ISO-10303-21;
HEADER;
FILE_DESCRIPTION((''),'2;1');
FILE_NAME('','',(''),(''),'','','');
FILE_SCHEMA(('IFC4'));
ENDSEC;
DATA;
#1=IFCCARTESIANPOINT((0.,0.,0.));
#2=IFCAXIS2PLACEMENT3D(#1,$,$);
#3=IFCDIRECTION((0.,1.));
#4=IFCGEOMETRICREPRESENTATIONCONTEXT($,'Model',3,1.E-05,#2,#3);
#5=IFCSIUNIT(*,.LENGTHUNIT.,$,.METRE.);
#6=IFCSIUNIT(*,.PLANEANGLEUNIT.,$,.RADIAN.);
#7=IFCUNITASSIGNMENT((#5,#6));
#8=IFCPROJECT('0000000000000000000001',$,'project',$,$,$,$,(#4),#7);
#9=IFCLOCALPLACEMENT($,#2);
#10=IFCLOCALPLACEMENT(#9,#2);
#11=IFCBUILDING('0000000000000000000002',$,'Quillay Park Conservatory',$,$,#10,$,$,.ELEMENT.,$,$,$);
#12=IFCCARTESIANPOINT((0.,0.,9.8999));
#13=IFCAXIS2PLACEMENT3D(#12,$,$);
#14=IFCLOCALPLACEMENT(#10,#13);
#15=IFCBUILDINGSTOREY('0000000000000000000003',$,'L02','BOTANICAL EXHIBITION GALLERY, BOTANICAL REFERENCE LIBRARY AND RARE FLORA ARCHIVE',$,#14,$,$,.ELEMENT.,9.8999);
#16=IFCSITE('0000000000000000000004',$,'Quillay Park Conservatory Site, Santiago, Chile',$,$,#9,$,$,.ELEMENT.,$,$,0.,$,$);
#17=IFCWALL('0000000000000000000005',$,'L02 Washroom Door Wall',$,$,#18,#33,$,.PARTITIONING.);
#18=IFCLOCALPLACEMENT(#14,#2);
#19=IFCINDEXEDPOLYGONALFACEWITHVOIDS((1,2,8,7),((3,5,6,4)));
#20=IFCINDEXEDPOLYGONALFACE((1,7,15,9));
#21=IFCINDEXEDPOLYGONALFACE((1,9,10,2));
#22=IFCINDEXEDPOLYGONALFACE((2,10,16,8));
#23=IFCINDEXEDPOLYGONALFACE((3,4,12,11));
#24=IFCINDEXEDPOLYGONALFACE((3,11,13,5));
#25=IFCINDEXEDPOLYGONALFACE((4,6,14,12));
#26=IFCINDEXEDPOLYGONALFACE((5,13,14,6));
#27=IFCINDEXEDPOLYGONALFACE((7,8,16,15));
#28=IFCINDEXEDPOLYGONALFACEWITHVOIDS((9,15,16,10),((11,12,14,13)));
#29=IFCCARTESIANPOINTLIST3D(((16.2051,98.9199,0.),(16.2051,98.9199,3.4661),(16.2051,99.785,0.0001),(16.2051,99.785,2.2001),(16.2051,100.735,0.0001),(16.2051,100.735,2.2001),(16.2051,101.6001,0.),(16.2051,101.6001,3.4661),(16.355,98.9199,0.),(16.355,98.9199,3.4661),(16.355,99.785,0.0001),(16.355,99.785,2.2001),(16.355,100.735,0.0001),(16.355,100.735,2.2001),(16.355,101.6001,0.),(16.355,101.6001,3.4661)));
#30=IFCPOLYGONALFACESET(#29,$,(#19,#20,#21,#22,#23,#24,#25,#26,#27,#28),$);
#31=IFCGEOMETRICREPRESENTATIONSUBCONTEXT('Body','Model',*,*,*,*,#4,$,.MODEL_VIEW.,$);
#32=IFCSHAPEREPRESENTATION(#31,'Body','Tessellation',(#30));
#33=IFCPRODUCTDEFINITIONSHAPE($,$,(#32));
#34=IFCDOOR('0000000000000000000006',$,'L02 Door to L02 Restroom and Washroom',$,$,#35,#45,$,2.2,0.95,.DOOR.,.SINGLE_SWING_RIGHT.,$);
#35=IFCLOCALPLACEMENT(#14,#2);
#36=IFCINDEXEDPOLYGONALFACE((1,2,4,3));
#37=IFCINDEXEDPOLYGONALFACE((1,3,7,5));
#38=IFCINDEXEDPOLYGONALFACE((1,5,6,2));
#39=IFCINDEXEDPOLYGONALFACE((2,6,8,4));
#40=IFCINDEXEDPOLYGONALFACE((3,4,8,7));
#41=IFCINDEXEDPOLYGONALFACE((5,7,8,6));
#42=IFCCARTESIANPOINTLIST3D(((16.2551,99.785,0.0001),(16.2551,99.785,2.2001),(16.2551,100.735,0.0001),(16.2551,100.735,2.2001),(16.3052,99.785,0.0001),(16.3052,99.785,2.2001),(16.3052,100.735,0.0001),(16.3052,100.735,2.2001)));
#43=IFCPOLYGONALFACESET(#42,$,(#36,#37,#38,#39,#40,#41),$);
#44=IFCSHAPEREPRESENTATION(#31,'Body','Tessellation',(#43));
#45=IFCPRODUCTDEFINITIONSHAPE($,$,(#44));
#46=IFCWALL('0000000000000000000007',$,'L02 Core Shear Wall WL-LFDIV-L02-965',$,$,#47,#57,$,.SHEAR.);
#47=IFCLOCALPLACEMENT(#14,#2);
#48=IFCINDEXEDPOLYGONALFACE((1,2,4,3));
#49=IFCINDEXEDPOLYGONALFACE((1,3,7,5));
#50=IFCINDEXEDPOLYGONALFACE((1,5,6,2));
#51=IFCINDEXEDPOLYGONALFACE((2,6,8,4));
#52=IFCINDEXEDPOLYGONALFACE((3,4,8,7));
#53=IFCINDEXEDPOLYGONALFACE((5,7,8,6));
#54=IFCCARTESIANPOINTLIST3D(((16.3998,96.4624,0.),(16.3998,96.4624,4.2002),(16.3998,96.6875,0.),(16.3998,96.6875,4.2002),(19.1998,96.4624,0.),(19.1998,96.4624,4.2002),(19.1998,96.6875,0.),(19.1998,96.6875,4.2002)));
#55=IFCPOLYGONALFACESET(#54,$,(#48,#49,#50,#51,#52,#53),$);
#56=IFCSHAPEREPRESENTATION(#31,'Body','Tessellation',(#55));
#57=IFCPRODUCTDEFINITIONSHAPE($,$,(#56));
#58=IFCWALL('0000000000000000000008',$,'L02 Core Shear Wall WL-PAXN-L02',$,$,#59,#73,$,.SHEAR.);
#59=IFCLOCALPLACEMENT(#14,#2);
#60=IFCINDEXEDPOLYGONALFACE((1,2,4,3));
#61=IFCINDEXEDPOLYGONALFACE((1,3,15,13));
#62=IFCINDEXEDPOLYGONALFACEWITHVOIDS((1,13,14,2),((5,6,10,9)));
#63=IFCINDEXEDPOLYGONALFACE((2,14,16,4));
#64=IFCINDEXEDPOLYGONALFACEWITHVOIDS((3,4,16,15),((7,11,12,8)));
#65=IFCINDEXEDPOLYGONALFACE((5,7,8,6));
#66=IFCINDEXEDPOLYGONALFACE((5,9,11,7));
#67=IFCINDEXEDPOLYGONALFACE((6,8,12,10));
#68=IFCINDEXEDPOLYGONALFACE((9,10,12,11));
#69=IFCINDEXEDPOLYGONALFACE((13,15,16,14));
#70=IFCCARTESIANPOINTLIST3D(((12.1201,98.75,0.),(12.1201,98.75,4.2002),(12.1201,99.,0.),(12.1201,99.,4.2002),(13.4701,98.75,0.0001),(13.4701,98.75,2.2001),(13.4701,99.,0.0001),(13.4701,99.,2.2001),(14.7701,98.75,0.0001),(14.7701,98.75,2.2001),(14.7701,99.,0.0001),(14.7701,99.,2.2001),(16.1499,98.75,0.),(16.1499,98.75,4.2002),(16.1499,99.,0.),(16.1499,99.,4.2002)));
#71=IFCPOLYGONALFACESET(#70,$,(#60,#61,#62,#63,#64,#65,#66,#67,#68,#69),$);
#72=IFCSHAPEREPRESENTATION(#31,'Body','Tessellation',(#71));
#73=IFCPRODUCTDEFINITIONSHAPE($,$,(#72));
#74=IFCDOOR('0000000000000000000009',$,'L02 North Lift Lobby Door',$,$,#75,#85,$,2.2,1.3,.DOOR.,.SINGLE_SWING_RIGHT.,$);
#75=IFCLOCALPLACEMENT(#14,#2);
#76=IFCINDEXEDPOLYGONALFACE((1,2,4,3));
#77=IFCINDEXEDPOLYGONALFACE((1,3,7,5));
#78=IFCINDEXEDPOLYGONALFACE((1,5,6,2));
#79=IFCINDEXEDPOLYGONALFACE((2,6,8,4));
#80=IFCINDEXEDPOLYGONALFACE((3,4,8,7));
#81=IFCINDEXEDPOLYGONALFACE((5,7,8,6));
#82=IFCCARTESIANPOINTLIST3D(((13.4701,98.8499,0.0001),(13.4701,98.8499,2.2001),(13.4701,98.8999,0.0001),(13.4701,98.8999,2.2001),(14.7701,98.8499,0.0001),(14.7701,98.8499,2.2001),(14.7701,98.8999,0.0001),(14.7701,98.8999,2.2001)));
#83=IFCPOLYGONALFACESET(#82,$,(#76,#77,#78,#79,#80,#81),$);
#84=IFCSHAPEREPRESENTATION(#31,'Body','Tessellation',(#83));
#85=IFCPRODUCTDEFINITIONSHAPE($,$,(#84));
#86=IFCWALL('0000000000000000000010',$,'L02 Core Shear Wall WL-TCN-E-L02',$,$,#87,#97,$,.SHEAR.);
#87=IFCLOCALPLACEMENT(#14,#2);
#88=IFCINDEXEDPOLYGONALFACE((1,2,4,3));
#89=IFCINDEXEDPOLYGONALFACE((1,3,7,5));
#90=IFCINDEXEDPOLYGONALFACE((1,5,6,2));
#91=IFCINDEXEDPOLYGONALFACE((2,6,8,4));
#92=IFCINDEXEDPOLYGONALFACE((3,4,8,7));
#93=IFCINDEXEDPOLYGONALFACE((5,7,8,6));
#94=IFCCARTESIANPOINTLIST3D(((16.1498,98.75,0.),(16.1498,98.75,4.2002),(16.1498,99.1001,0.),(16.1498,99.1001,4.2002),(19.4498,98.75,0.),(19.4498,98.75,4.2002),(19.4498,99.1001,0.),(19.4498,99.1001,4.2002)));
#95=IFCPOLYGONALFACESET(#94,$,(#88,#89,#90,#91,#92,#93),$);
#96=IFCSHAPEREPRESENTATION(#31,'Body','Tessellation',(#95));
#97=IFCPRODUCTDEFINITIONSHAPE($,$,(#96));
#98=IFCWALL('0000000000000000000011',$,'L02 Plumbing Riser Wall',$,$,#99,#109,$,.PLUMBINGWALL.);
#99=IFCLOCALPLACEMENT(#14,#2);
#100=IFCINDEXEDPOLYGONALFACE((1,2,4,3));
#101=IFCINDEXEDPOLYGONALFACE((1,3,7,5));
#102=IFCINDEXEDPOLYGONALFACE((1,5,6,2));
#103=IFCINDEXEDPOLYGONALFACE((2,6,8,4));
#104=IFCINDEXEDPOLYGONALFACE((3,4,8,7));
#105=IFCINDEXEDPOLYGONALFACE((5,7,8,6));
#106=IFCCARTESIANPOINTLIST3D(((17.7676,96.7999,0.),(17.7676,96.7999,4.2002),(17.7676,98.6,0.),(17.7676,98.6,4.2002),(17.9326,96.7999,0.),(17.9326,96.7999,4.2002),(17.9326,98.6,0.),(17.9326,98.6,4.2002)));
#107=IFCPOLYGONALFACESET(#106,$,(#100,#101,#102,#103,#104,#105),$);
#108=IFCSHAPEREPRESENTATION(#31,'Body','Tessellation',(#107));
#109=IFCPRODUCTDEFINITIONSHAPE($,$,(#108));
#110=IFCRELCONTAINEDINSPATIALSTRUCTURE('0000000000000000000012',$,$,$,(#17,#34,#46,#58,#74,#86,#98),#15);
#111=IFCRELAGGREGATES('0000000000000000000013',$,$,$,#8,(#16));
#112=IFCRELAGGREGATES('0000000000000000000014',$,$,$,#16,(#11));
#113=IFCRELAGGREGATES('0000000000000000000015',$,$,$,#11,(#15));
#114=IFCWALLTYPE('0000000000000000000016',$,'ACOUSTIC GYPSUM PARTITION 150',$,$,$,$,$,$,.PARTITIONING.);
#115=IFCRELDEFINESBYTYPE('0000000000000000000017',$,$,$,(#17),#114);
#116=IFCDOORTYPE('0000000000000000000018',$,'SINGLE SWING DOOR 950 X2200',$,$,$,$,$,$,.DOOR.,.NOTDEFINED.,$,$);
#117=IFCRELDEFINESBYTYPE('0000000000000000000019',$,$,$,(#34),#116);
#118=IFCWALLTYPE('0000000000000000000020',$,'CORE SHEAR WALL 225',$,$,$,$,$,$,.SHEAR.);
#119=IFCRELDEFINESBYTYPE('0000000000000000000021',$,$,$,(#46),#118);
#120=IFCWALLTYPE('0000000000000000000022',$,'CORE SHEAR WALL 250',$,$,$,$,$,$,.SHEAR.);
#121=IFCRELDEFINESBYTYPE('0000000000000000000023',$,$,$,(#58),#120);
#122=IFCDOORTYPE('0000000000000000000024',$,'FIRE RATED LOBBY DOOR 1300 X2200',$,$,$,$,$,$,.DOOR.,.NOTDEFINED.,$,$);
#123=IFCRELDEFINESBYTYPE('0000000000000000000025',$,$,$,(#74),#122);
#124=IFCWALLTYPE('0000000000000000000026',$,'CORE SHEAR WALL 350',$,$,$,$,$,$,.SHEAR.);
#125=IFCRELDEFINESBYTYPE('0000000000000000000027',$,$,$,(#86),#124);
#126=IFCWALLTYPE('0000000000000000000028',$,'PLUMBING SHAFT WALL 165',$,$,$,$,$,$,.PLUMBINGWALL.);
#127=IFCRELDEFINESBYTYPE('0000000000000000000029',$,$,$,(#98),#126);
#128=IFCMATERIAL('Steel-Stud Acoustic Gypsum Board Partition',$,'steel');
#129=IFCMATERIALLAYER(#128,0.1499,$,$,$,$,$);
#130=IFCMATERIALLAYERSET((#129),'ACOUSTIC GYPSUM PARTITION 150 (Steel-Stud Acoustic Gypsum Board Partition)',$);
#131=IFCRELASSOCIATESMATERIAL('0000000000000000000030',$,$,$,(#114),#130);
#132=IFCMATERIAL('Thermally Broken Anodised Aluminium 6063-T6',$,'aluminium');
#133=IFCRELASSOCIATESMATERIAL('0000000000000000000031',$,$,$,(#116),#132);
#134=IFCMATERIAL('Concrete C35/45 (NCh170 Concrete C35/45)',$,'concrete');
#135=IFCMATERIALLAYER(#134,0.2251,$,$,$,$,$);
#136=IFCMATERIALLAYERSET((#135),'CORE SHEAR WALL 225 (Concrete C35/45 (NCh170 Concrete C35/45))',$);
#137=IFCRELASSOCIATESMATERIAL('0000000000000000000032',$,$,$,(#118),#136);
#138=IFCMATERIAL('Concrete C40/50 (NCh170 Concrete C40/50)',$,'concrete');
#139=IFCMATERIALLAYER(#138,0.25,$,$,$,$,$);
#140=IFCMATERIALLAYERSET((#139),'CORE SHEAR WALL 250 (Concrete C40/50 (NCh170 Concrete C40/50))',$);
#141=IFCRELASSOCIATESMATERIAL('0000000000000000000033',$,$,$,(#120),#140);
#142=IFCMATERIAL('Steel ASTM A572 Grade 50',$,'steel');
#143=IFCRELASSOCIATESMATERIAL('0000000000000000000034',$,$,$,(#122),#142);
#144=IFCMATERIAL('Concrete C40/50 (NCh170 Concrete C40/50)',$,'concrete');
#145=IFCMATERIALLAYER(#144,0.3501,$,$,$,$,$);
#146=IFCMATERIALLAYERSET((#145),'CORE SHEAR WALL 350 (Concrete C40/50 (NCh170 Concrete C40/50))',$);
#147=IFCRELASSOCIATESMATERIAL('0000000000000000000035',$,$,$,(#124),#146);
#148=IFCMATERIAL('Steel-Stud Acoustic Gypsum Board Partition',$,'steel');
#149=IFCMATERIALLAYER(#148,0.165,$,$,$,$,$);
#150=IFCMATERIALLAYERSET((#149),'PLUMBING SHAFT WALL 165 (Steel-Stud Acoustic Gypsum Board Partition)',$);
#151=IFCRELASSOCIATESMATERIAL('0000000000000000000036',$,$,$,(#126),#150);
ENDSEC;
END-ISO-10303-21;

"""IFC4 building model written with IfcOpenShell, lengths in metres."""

from ifc_helpers import new_model, si_unit, direction, frame, frame_2d, origin, place, context, subcontext, project, spatial, rectangle, extrude, material, layer, layer_set, type_object, element, fill, save


model = new_model("IFC4")

# Units and contexts
model_context = context("Model", 3, precision=1e-05, world=origin(), true_north=direction((0.0, 1.0)))
body_context = subcontext(model_context, "Body", "Model", "MODEL_VIEW")
ifc_project = project(units=[si_unit("LENGTHUNIT", "METRE"), si_unit("PLANEANGLEUNIT", "RADIAN")], contexts=[model_context])

# Site, building, storey
site_placement = place(None, origin())
site = spatial("IfcSite", under=ifc_project, at=site_placement, Name="Quillay Park Conservatory Site, Santiago, Chile", CompositionType="ELEMENT", RefElevation=0.0)
building_placement = place(site_placement, origin())
building = spatial("IfcBuilding", under=site, at=building_placement, Name="Quillay Park Conservatory", CompositionType="ELEMENT")
storey_placement = place(building_placement, frame((0.0, 0.0, 9.8999)))
storey = spatial("IfcBuildingStorey", under=building, at=storey_placement, Name="L02", Description="BOTANICAL EXHIBITION GALLERY, BOTANICAL REFERENCE LIBRARY AND RARE FLORA ARCHIVE", CompositionType="ELEMENT", Elevation=9.8999)

# Wall, opening, door
ifc_material_1 = material(Name="Steel-Stud Acoustic Gypsum Board Partition", Category="steel")
ifc_layer_1 = layer(ifc_material_1, 0.1499)
ifc_layer_set_1 = layer_set([ifc_layer_1], Name="ACOUSTIC GYPSUM PARTITION 150 (Steel-Stud Acoustic Gypsum Board Partition)")
wall_type_1 = type_object("IfcWallType", Name="ACOUSTIC GYPSUM PARTITION 150", PredefinedType="PARTITIONING", material=ifc_layer_set_1)
wall_1_placement = place(storey_placement, frame((16.28, 98.9199, 0.0), z_axis=(0.0, 0.0, 1.0), x_axis=(0.0, 1.0, 0.0)))
wall_1 = element("IfcWall", 1, at=wall_1_placement, inside=storey, type_object=wall_type_1, Name="L02 Washroom Door Wall", PredefinedType="PARTITIONING", context=body_context, shape_type="SweptSolid", body=[
    extrude(rectangle(XDim=2.6802, YDim=0.1499, at=frame_2d((1.3401, 0.0))), origin(), (0.0, 0.0, 1.0), 3.4661),
])
opening_1_placement = place(wall_1_placement, frame((0.865, 0.0, 0.0)))
opening_1 = element("IfcOpeningElement", 2, at=opening_1_placement, cuts=wall_1, PredefinedType="OPENING", context=body_context, shape_type="SweptSolid", body=[
    extrude(rectangle(XDim=0.95, YDim=2.2, at=frame_2d((0.4751, 1.1001))), frame((0.0, 0.075, 0.0), z_axis=(0.0, -1.0, 0.0), x_axis=(1.0, 0.0, 0.0)), (0.0, 0.0, 1.0), 0.1499),
])
ifc_material_2 = material(Name="Thermally Broken Anodised Aluminium 6063-T6", Category="aluminium")
door_type_1 = type_object("IfcDoorType", Name="SINGLE SWING DOOR 950 X2200", OperationType="NOTDEFINED", PredefinedType="DOOR", material=ifc_material_2)
door_1_placement = place(opening_1_placement, origin())
door_1 = element("IfcDoor", 3, at=door_1_placement, inside=storey, type_object=door_type_1, Name="L02 Door to L02 Restroom and Washroom", OperationType="SINGLE_SWING_RIGHT", OverallHeight=2.2, OverallWidth=0.95, PredefinedType="DOOR", context=body_context, shape_type="SweptSolid", body=[
    extrude(rectangle(XDim=0.95, YDim=2.2, at=frame_2d((0.4751, 1.1001))), frame((0.0, 0.0249, 0.0), z_axis=(0.0, -1.0, 0.0), x_axis=(1.0, 0.0, 0.0)), (0.0, 0.0, 1.0), 0.05),
])
fill(opening_1, door_1)

# Wall
ifc_material_3 = material(Name="Concrete C35/45 (NCh170 Concrete C35/45)", Category="concrete")
ifc_layer_2 = layer(ifc_material_3, 0.2251)
ifc_layer_set_2 = layer_set([ifc_layer_2], Name="CORE SHEAR WALL 225 (Concrete C35/45 (NCh170 Concrete C35/45))")
wall_type_2 = type_object("IfcWallType", Name="CORE SHEAR WALL 225", PredefinedType="SHEAR", material=ifc_layer_set_2)
wall_2_placement = place(storey_placement, frame((16.3999, 96.575, 0.0), z_axis=(0.0, 0.0, 1.0), x_axis=(1.0, 0.0, 0.0)))
element("IfcWall", 4, at=wall_2_placement, inside=storey, type_object=wall_type_2, Name="L02 Core Shear Wall WL-LFDIV-L02-965", PredefinedType="SHEAR", context=body_context, shape_type="SweptSolid", body=[
    extrude(rectangle(XDim=2.8, YDim=0.2251, at=frame_2d((1.3999, 0.0))), origin(), (0.0, 0.0, 1.0), 4.2002),
])

# Wall, opening, door
ifc_material_4 = material(Name="Concrete C40/50 (NCh170 Concrete C40/50)", Category="concrete")
ifc_layer_3 = layer(ifc_material_4, 0.25)
ifc_layer_set_3 = layer_set([ifc_layer_3], Name="CORE SHEAR WALL 250 (Concrete C40/50 (NCh170 Concrete C40/50))")
wall_type_3 = type_object("IfcWallType", Name="CORE SHEAR WALL 250", PredefinedType="SHEAR", material=ifc_layer_set_3)
wall_3_placement = place(storey_placement, frame((12.1201, 98.875, 0.0), z_axis=(0.0, 0.0, 1.0), x_axis=(1.0, 0.0, 0.0)))
wall_3 = element("IfcWall", 5, at=wall_3_placement, inside=storey, type_object=wall_type_3, Name="L02 Core Shear Wall WL-PAXN-L02", PredefinedType="SHEAR", context=body_context, shape_type="SweptSolid", body=[
    extrude(rectangle(XDim=4.0298, YDim=0.25, at=frame_2d((2.0149, 0.0))), origin(), (0.0, 0.0, 1.0), 4.2002),
])
opening_2_placement = place(wall_3_placement, frame((1.3501, 0.0, 0.0)))
opening_2 = element("IfcOpeningElement", 6, at=opening_2_placement, cuts=wall_3, PredefinedType="OPENING", context=body_context, shape_type="SweptSolid", body=[
    extrude(rectangle(XDim=1.3, YDim=2.2, at=frame_2d((0.6499, 1.1001))), frame((0.0, 0.125, 0.0), z_axis=(0.0, -1.0, 0.0), x_axis=(1.0, 0.0, 0.0)), (0.0, 0.0, 1.0), 0.25),
])
ifc_material_5 = material(Name="Steel ASTM A572 Grade 50", Category="steel")
door_type_2 = type_object("IfcDoorType", Name="FIRE RATED LOBBY DOOR 1300 X2200", OperationType="NOTDEFINED", PredefinedType="DOOR", material=ifc_material_5)
door_2_placement = place(opening_2_placement, origin())
door_2 = element("IfcDoor", 7, at=door_2_placement, inside=storey, type_object=door_type_2, Name="L02 North Lift Lobby Door", OperationType="SINGLE_SWING_RIGHT", OverallHeight=2.2, OverallWidth=1.3, PredefinedType="DOOR", context=body_context, shape_type="SweptSolid", body=[
    extrude(rectangle(XDim=1.3, YDim=2.2, at=frame_2d((0.6499, 1.1001))), frame((0.0, 0.0249, 0.0), z_axis=(0.0, -1.0, 0.0), x_axis=(1.0, 0.0, 0.0)), (0.0, 0.0, 1.0), 0.05),
])
fill(opening_2, door_2)

# Walls
ifc_material_6 = material(Name="Concrete C40/50 (NCh170 Concrete C40/50)", Category="concrete")
ifc_layer_4 = layer(ifc_material_6, 0.3501)
ifc_layer_set_4 = layer_set([ifc_layer_4], Name="CORE SHEAR WALL 350 (Concrete C40/50 (NCh170 Concrete C40/50))")
wall_type_4 = type_object("IfcWallType", Name="CORE SHEAR WALL 350", PredefinedType="SHEAR", material=ifc_layer_set_4)
wall_4_placement = place(storey_placement, frame((16.1499, 98.925, 0.0), z_axis=(0.0, 0.0, 1.0), x_axis=(1.0, 0.0, 0.0)))
element("IfcWall", 8, at=wall_4_placement, inside=storey, type_object=wall_type_4, Name="L02 Core Shear Wall WL-TCN-E-L02", PredefinedType="SHEAR", context=body_context, shape_type="SweptSolid", body=[
    extrude(rectangle(XDim=3.3, YDim=0.3501, at=frame_2d((1.6499, 0.0))), origin(), (0.0, 0.0, 1.0), 4.2002),
])
ifc_material_7 = material(Name="Steel-Stud Acoustic Gypsum Board Partition", Category="steel")
ifc_layer_5 = layer(ifc_material_7, 0.165)
ifc_layer_set_5 = layer_set([ifc_layer_5], Name="PLUMBING SHAFT WALL 165 (Steel-Stud Acoustic Gypsum Board Partition)")
wall_type_5 = type_object("IfcWallType", Name="PLUMBING SHAFT WALL 165", PredefinedType="PLUMBINGWALL", material=ifc_layer_set_5)
wall_5_placement = place(storey_placement, frame((17.8501, 96.8, 0.0), z_axis=(0.0, 0.0, 1.0), x_axis=(0.0, 1.0, 0.0)))
element("IfcWall", 9, at=wall_5_placement, inside=storey, type_object=wall_type_5, Name="L02 Plumbing Riser Wall", PredefinedType="PLUMBINGWALL", context=body_context, shape_type="SweptSolid", body=[
    extrude(rectangle(XDim=1.8, YDim=0.165, at=frame_2d((0.8999, 0.0))), origin(), (0.0, 0.0, 1.0), 4.2002),
])

save(model, "model.ifc")
